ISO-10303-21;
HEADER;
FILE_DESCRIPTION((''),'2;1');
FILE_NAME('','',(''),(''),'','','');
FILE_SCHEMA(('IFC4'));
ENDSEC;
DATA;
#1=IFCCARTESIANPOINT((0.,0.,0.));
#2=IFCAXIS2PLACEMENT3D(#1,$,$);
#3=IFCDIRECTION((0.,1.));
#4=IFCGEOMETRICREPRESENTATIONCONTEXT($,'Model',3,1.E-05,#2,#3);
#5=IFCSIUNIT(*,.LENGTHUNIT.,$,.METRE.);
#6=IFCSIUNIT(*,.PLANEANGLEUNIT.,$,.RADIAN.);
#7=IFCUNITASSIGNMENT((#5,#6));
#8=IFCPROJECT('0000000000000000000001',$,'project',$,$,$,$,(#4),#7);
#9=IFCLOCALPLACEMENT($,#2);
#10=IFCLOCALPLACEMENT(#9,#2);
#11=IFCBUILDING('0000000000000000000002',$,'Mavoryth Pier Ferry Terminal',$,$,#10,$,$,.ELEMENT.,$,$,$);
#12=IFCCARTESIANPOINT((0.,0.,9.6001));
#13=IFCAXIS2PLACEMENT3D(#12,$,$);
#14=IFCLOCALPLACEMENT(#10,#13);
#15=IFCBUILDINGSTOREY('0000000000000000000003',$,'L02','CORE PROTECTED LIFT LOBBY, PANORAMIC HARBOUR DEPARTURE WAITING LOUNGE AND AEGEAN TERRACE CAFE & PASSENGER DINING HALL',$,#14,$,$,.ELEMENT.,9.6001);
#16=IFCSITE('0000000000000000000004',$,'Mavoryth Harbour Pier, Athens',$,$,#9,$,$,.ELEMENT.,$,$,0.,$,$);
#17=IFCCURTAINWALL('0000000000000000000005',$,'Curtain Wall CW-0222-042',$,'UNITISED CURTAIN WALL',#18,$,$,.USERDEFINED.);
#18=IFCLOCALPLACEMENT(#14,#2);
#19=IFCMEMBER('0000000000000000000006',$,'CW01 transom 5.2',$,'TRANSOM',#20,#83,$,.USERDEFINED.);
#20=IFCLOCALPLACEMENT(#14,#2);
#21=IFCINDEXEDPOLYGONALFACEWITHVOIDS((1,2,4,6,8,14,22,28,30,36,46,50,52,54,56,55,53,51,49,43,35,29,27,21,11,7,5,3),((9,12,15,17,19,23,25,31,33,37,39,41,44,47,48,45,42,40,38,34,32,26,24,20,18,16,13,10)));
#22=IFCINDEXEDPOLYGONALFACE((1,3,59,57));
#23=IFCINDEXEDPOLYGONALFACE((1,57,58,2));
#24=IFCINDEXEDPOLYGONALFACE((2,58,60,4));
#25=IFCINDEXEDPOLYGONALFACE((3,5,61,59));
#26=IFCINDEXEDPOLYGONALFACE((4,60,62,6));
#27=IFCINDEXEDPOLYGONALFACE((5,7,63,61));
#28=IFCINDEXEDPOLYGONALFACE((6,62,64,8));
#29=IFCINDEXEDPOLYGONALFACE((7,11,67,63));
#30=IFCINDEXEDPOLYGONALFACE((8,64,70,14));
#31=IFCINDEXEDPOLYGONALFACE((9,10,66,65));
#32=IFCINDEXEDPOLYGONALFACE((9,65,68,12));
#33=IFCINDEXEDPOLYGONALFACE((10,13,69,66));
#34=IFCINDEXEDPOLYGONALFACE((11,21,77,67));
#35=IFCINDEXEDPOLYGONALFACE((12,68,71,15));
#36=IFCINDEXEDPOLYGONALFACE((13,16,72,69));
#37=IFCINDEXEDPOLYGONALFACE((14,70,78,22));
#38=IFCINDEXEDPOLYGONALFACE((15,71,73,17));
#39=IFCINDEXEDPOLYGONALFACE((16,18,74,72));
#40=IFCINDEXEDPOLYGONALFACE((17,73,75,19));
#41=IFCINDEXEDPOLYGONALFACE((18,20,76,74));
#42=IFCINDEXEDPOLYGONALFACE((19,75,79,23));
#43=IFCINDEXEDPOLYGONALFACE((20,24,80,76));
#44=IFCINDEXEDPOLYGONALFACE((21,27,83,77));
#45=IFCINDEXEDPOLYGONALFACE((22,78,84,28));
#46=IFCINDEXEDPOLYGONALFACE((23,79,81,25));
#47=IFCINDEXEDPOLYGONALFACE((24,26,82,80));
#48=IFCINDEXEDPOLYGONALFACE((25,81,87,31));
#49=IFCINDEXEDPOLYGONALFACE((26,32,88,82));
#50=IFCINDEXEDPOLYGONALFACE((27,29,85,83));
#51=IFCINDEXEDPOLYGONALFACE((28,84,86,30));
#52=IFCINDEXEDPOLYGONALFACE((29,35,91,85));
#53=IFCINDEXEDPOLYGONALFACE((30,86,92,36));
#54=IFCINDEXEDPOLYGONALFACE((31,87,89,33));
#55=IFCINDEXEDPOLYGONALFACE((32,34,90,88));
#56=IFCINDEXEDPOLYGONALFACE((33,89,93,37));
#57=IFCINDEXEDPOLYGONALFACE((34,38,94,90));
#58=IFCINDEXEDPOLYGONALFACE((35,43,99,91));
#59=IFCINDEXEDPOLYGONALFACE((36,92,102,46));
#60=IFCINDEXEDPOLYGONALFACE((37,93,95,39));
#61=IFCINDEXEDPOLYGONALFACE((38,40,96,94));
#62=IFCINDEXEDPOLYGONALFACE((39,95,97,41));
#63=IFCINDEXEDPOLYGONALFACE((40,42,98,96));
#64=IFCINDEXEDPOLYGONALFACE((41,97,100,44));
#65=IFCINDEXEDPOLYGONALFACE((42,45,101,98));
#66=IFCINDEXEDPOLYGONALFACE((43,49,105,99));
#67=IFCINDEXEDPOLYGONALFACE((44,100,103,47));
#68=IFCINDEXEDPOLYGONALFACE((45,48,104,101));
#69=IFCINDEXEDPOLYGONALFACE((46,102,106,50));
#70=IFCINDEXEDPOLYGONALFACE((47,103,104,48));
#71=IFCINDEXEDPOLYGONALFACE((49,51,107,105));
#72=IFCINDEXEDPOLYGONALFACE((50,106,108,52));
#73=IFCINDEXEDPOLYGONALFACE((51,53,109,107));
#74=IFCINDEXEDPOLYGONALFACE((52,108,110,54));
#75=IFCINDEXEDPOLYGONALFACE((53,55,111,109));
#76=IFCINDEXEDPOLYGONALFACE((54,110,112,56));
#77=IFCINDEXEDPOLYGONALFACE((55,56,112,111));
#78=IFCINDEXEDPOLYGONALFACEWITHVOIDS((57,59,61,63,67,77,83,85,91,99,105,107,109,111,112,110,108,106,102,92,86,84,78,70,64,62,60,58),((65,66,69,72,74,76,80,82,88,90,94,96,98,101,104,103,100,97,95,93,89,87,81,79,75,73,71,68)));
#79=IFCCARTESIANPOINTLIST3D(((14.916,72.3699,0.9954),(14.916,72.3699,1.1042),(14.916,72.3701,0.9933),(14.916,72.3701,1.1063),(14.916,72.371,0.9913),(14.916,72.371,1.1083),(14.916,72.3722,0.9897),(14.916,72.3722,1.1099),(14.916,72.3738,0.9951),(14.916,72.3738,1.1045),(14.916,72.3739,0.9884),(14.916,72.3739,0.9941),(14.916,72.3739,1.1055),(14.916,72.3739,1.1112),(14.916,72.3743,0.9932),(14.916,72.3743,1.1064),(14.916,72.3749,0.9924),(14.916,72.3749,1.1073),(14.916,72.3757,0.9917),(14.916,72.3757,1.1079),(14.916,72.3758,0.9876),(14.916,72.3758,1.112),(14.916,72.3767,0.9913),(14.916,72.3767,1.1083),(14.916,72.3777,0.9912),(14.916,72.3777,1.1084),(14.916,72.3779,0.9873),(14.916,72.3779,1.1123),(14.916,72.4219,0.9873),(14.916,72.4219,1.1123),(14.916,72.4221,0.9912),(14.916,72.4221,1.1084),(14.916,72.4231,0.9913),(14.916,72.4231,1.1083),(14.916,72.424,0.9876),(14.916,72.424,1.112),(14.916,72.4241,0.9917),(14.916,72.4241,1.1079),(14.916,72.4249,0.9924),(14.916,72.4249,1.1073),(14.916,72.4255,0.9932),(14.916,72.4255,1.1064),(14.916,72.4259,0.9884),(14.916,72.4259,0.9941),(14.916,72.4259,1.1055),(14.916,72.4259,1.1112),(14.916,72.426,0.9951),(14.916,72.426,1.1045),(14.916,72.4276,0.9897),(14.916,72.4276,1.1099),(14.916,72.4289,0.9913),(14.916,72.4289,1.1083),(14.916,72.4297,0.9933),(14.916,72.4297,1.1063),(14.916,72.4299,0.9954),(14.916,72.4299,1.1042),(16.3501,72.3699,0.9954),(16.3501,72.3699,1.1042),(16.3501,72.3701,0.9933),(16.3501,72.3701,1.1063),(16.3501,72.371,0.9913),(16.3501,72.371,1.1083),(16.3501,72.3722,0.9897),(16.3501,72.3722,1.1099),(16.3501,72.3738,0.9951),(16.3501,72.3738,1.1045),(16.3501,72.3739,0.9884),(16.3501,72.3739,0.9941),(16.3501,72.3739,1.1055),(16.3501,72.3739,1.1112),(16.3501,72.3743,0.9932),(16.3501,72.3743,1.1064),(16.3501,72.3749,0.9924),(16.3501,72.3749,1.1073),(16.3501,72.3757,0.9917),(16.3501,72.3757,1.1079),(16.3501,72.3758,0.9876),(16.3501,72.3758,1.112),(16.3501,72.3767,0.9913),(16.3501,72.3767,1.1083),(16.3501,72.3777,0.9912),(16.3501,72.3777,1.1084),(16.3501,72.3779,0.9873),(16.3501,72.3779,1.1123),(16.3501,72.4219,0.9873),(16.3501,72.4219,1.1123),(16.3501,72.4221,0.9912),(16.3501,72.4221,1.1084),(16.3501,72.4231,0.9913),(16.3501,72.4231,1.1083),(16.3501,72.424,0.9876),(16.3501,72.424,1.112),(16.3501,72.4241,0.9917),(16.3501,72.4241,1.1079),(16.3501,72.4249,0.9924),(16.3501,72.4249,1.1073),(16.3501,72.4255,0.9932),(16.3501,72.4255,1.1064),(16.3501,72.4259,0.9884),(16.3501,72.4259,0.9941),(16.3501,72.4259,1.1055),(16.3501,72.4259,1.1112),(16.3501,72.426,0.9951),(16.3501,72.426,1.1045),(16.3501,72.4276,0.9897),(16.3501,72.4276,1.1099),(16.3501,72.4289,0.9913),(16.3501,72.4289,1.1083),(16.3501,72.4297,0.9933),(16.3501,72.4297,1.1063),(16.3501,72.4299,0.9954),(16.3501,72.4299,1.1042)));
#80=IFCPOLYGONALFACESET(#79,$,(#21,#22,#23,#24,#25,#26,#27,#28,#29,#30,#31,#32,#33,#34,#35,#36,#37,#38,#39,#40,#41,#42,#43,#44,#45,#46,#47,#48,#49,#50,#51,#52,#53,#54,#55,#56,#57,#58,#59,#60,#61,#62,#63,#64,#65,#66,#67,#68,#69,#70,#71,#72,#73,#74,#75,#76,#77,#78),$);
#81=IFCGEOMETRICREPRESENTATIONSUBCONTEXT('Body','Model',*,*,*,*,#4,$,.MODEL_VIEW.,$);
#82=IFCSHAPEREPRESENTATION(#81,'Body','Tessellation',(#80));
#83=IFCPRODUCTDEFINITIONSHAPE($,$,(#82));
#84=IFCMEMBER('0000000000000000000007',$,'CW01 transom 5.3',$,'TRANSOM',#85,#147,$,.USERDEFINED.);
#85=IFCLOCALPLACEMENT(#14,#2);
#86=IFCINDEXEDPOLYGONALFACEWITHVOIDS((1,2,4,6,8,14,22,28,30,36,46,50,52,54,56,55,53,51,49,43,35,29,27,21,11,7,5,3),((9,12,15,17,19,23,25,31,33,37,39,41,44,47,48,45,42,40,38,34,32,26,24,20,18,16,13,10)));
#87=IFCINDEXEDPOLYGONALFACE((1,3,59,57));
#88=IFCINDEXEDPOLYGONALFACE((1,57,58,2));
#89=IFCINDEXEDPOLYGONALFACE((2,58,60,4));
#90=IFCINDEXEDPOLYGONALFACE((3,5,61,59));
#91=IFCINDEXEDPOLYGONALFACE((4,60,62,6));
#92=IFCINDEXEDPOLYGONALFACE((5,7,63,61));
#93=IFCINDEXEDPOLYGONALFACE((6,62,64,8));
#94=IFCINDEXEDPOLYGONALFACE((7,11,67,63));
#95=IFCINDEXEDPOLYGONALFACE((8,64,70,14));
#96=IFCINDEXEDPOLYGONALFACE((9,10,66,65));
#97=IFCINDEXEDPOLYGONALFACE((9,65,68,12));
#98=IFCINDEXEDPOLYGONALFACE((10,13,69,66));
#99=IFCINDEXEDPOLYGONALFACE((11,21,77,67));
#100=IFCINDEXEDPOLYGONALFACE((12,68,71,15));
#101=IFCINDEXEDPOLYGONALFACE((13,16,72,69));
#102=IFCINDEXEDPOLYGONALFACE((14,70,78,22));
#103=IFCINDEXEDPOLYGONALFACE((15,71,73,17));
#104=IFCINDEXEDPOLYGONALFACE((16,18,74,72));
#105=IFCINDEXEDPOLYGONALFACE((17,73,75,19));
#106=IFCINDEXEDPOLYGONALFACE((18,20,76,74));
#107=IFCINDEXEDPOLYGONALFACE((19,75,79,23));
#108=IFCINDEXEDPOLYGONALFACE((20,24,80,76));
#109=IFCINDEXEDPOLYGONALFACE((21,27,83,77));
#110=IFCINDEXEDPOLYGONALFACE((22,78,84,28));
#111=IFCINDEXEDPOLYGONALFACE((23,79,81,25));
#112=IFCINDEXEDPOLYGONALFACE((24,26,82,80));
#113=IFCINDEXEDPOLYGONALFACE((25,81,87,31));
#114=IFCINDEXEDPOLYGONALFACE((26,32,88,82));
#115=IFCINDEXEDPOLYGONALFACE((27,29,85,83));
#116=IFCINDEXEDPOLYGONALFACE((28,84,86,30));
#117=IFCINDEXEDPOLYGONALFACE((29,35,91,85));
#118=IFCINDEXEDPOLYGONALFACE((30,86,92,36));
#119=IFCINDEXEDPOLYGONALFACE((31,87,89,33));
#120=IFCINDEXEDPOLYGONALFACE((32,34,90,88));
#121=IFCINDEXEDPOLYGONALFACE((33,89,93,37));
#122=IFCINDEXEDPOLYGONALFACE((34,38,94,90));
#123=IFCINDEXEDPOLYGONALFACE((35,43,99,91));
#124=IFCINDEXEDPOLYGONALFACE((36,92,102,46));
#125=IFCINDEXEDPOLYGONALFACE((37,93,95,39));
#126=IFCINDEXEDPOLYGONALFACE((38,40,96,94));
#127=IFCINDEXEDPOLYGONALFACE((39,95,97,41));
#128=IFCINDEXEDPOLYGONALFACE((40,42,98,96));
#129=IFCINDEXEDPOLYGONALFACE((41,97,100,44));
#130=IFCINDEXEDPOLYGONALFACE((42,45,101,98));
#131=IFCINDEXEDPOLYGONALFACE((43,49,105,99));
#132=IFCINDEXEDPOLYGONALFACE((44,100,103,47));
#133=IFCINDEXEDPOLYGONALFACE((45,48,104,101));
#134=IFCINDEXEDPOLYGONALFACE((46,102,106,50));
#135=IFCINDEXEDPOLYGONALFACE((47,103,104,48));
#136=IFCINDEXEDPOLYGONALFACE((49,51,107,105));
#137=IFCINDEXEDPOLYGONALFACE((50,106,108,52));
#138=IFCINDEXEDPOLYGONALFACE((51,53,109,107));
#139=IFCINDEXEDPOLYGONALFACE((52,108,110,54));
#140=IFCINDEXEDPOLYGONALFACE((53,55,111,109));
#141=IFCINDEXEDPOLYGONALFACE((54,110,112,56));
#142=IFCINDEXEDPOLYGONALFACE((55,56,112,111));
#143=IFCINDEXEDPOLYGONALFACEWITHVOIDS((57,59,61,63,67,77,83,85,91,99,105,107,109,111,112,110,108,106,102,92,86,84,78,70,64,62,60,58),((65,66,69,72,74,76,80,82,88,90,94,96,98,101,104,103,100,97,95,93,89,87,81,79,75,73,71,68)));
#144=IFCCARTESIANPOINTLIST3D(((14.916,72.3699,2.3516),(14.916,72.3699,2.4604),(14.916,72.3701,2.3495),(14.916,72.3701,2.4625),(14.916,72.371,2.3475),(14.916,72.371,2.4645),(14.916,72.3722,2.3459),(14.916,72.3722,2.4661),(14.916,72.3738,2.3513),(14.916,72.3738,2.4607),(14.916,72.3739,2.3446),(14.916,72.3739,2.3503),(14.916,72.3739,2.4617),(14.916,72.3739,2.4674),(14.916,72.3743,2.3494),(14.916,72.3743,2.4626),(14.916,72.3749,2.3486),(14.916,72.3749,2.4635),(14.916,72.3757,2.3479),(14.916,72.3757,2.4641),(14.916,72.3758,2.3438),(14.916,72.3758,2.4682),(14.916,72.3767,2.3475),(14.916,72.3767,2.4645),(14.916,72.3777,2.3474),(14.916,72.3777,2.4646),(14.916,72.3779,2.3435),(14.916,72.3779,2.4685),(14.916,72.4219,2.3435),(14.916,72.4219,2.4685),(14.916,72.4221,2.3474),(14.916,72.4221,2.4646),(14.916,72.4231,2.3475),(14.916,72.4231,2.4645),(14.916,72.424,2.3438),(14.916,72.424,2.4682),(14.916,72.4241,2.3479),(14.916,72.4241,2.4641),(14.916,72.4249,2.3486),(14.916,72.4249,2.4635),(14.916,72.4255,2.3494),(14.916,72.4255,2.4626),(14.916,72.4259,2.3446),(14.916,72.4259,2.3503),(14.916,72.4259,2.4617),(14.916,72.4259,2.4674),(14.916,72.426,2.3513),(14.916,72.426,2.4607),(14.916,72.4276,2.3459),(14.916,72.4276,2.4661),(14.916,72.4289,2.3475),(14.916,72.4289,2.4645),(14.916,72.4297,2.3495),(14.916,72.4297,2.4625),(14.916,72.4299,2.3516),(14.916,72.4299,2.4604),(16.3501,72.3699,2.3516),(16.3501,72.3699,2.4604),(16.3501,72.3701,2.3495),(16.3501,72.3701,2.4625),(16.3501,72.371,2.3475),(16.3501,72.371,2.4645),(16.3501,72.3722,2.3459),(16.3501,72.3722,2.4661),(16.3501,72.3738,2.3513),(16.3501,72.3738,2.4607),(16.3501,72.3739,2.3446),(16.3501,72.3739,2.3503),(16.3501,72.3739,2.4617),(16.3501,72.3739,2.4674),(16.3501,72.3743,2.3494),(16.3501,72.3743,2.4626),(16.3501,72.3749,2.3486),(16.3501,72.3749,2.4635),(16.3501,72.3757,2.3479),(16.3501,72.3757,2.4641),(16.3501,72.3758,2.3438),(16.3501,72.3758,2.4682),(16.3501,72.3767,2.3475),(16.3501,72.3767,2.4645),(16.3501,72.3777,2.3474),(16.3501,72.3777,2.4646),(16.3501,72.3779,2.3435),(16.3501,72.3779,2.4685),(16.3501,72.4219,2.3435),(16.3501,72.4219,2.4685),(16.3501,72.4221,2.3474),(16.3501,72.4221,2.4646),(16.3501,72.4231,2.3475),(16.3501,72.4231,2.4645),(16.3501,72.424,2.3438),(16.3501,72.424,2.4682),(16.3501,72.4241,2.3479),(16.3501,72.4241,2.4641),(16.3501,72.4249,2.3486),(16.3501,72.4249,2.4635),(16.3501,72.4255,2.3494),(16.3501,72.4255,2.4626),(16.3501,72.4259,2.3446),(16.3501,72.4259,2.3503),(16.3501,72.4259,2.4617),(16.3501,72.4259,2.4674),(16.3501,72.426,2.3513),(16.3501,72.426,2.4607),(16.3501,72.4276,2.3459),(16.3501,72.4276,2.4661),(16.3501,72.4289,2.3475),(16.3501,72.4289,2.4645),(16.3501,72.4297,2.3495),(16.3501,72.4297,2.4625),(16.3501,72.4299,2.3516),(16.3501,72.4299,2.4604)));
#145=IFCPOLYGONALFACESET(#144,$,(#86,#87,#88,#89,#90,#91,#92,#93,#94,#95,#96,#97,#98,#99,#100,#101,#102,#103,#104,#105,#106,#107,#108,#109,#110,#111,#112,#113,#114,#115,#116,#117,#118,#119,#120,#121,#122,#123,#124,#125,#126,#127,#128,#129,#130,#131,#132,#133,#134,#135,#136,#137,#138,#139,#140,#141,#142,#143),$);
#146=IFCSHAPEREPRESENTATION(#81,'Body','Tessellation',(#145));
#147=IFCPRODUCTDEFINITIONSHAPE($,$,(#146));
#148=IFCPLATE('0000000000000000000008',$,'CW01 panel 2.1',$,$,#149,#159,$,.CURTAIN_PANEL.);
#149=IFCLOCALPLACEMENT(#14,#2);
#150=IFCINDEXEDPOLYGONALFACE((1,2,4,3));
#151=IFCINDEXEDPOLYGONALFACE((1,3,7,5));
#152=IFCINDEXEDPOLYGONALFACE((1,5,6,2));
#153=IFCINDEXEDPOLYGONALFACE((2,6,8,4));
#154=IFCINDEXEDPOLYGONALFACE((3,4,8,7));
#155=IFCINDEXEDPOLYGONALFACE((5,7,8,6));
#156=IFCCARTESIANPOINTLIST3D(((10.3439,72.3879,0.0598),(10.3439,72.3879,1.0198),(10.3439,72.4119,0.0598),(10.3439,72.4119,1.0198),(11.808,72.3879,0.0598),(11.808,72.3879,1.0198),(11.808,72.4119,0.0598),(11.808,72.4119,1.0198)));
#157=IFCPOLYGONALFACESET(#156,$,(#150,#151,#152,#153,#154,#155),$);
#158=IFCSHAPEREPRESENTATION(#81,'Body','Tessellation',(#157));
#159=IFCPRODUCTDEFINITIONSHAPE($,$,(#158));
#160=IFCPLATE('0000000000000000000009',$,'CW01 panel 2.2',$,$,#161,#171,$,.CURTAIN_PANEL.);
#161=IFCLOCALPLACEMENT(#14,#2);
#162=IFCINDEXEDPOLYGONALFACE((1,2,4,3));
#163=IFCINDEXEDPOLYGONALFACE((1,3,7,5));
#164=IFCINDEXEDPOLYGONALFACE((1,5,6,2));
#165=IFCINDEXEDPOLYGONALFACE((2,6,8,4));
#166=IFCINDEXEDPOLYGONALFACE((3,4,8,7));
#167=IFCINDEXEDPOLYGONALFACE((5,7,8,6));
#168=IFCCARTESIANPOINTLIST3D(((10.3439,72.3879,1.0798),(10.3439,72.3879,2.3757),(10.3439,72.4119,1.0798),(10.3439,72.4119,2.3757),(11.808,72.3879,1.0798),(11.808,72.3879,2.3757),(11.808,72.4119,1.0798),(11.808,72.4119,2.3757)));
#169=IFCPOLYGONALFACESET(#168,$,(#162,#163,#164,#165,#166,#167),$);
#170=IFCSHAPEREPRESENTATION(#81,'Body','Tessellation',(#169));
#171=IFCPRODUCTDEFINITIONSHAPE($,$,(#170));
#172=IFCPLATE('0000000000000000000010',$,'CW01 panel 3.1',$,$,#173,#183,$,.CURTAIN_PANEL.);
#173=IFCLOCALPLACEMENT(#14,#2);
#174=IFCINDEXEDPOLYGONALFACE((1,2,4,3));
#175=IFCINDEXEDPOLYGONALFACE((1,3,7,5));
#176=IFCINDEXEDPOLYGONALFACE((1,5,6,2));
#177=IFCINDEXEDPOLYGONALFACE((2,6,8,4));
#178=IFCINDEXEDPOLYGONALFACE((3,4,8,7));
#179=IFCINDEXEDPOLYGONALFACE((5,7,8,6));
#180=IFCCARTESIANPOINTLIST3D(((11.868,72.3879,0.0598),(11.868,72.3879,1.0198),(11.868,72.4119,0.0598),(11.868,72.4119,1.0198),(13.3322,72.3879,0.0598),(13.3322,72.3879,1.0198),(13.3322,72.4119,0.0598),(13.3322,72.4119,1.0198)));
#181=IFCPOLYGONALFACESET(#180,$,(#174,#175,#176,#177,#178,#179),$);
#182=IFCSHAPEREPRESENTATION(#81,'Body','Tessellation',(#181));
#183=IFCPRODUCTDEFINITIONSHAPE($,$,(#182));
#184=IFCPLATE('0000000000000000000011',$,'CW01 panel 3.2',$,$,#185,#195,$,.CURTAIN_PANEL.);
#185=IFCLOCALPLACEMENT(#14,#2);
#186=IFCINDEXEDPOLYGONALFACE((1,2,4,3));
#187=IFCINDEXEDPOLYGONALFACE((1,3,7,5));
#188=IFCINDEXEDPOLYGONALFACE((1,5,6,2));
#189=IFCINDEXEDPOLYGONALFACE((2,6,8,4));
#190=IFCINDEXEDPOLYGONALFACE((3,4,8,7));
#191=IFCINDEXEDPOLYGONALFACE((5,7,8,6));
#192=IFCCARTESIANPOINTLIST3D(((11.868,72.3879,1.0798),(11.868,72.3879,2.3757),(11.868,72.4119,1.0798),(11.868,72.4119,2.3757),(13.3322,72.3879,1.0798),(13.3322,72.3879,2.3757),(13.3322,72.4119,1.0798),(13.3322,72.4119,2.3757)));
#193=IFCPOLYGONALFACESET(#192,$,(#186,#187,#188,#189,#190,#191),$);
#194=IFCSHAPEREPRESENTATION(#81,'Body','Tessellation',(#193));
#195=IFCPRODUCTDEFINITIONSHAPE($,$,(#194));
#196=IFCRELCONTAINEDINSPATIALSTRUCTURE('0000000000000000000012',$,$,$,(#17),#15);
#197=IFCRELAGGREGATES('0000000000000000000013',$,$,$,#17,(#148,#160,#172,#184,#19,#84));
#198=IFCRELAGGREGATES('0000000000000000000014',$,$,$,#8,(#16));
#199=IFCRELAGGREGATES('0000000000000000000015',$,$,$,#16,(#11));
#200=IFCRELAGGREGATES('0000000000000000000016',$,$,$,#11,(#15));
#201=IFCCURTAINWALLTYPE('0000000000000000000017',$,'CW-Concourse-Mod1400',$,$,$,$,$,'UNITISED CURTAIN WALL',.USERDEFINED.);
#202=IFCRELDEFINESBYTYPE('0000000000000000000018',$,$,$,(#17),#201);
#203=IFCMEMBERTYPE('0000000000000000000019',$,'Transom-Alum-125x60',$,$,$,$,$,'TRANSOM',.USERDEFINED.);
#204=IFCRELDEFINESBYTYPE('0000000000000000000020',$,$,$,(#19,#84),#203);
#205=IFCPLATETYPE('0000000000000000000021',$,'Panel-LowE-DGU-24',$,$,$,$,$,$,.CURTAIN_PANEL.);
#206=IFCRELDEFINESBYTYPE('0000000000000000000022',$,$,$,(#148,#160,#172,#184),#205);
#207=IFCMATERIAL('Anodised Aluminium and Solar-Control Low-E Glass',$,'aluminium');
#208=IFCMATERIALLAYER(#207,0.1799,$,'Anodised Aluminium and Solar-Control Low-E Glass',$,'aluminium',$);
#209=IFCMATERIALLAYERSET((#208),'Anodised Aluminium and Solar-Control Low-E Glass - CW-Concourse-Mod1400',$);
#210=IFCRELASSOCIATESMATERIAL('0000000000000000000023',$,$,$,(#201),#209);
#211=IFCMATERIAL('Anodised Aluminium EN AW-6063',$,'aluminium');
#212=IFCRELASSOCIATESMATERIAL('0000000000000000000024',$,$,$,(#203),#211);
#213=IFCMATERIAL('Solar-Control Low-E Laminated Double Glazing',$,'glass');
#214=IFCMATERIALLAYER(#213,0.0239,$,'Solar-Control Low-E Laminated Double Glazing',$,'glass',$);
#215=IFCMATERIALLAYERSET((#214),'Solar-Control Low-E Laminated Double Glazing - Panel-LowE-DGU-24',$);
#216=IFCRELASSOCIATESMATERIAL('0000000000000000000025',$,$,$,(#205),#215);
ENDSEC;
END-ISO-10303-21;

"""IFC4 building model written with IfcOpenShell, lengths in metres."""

from ifc_helpers import new_model, si_unit, direction, frame, origin, origin_2d, place, context, subcontext, project, spatial, rectangle, hollow_rectangle, extrude, material, layer, layer_set, material_profile, profile_set, type_object, element, aggregate, save


model = new_model("IFC4")

# Units and contexts
model_context = context("Model", 3, precision=1e-05, world=origin(), true_north=direction((0.0, 1.0)))
body_context = subcontext(model_context, "Body", "Model", "MODEL_VIEW")
ifc_project = project(units=[si_unit("LENGTHUNIT", "METRE"), si_unit("PLANEANGLEUNIT", "RADIAN")], contexts=[model_context])

# Site, building, storey
site_placement = place(None, origin())
site = spatial("IfcSite", under=ifc_project, at=site_placement, Name="Mavoryth Harbour Pier, Athens", CompositionType="ELEMENT", RefElevation=0.0)
building_placement = place(site_placement, origin())
building = spatial("IfcBuilding", under=site, at=building_placement, Name="Mavoryth Pier Ferry Terminal", CompositionType="ELEMENT")
storey_placement = place(building_placement, frame((0.0, 0.0, 9.6001)))
storey = spatial("IfcBuildingStorey", under=building, at=storey_placement, Name="L02", Description="CORE PROTECTED LIFT LOBBY, PANORAMIC HARBOUR DEPARTURE WAITING LOUNGE AND AEGEAN TERRACE CAFE & PASSENGER DINING HALL", CompositionType="ELEMENT", Elevation=9.6001)

# Shared definitions
ifc_material_1 = material(Name="Anodised Aluminium and Solar-Control Low-E Glass", Category="aluminium")
ifc_layer_1 = layer(ifc_material_1, 0.1799, Name="Anodised Aluminium and Solar-Control Low-E Glass", Category="aluminium")
ifc_layer_set_1 = layer_set([ifc_layer_1], Name="Anodised Aluminium and Solar-Control Low-E Glass - CW-Concourse-Mod1400")
curtain_wall_type = type_object("IfcCurtainWallType", Name="CW-Concourse-Mod1400", ElementType="UNITISED CURTAIN WALL", PredefinedType="USERDEFINED", material=ifc_layer_set_1)
ifc_material_2 = material(Name="Anodised Aluminium EN AW-6063", Category="aluminium")

# Curtain wall
curtain_wall_1_placement = place(storey_placement, origin())
curtain_wall_1 = element("IfcCurtainWall", 1, at=curtain_wall_1_placement, inside=storey, type_object=curtain_wall_type, Name="Curtain Wall CW-0222-042", ObjectType="UNITISED CURTAIN WALL", PredefinedType="USERDEFINED")

# Members
ifc_material_profile_1 = material_profile(ifc_material_2, hollow_rectangle(XDim=0.0601, YDim=0.125, WallThickness=0.0039, InnerFilletRadius=0.0039, OuterFilletRadius=0.0081, at=origin_2d()), Name="AL-TRAN 125x60x4", Category="aluminium")
ifc_profile_set_1 = profile_set([ifc_material_profile_1], Name="Anodised Aluminium EN AW-6063 - AL-TRAN 125x60x4")
member_type_1 = type_object("IfcMemberType", Name="Transom-Alum-125x60", ElementType="TRANSOM", PredefinedType="USERDEFINED", material=ifc_profile_set_1)
member_1_placement = place(storey_placement, frame((14.916, 72.3999, 1.0498), z_axis=(1.0, 0.0, 0.0), x_axis=(0.0, 1.0, 0.0)))
member_1 = element("IfcMember", 2, at=member_1_placement, type_object=member_type_1, Name="CW01 transom 5.2", ObjectType="TRANSOM", PredefinedType="USERDEFINED", context=body_context, shape_type="SweptSolid", body=[
    extrude(hollow_rectangle(XDim=0.0601, YDim=0.125, WallThickness=0.0039, InnerFilletRadius=0.0039, OuterFilletRadius=0.0081, at=origin_2d()), origin(), (0.0, 0.0, 1.0), 1.4341),
])
member_2_placement = place(storey_placement, frame((14.916, 72.3999, 2.406), z_axis=(1.0, 0.0, 0.0), x_axis=(0.0, 1.0, 0.0)))
member_2 = element("IfcMember", 3, at=member_2_placement, type_object=member_type_1, Name="CW01 transom 5.3", ObjectType="TRANSOM", PredefinedType="USERDEFINED", context=body_context, shape_type="SweptSolid", body=[
    extrude(hollow_rectangle(XDim=0.0601, YDim=0.125, WallThickness=0.0039, InnerFilletRadius=0.0039, OuterFilletRadius=0.0081, at=origin_2d()), origin(), (0.0, 0.0, 1.0), 1.4341),
])

# Plates
ifc_material_3 = material(Name="Solar-Control Low-E Laminated Double Glazing", Category="glass")
ifc_layer_2 = layer(ifc_material_3, 0.0239, Name="Solar-Control Low-E Laminated Double Glazing", Category="glass")
ifc_layer_set_2 = layer_set([ifc_layer_2], Name="Solar-Control Low-E Laminated Double Glazing - Panel-LowE-DGU-24")
plate_type = type_object("IfcPlateType", Name="Panel-LowE-DGU-24", PredefinedType="CURTAIN_PANEL", material=ifc_layer_set_2)
plate_1_placement = place(storey_placement, frame((11.0759, 72.3999, 0.0598), z_axis=(0.0, 0.0, 1.0), x_axis=(1.0, 0.0, 0.0)))
plate_1 = element("IfcPlate", 4, at=plate_1_placement, type_object=plate_type, Name="CW01 panel 2.1", PredefinedType="CURTAIN_PANEL", context=body_context, shape_type="SweptSolid", body=[
    extrude(rectangle(XDim=1.4641, YDim=0.0239, at=origin_2d()), origin(), (0.0, 0.0, 1.0), 0.96),
])
plate_2_placement = place(storey_placement, frame((11.0759, 72.3999, 1.0798), z_axis=(0.0, 0.0, 1.0), x_axis=(1.0, 0.0, 0.0)))
plate_2 = element("IfcPlate", 5, at=plate_2_placement, type_object=plate_type, Name="CW01 panel 2.2", PredefinedType="CURTAIN_PANEL", context=body_context, shape_type="SweptSolid", body=[
    extrude(rectangle(XDim=1.4641, YDim=0.0239, at=origin_2d()), origin(), (0.0, 0.0, 1.0), 1.2959),
])
plate_3_placement = place(storey_placement, frame((12.6001, 72.3999, 0.0598), z_axis=(0.0, 0.0, 1.0), x_axis=(1.0, 0.0, 0.0)))
plate_3 = element("IfcPlate", 6, at=plate_3_placement, type_object=plate_type, Name="CW01 panel 3.1", PredefinedType="CURTAIN_PANEL", context=body_context, shape_type="SweptSolid", body=[
    extrude(rectangle(XDim=1.4641, YDim=0.0239, at=origin_2d()), origin(), (0.0, 0.0, 1.0), 0.96),
])
plate_4_placement = place(storey_placement, frame((12.6001, 72.3999, 1.0798), z_axis=(0.0, 0.0, 1.0), x_axis=(1.0, 0.0, 0.0)))
plate_4 = element("IfcPlate", 7, at=plate_4_placement, type_object=plate_type, Name="CW01 panel 3.2", PredefinedType="CURTAIN_PANEL", context=body_context, shape_type="SweptSolid", body=[
    extrude(rectangle(XDim=1.4641, YDim=0.0239, at=origin_2d()), origin(), (0.0, 0.0, 1.0), 1.2959),
])
aggregate(curtain_wall_1, [plate_1, plate_2, plate_3, plate_4, member_1, member_2])

save(model, "model.ifc")
